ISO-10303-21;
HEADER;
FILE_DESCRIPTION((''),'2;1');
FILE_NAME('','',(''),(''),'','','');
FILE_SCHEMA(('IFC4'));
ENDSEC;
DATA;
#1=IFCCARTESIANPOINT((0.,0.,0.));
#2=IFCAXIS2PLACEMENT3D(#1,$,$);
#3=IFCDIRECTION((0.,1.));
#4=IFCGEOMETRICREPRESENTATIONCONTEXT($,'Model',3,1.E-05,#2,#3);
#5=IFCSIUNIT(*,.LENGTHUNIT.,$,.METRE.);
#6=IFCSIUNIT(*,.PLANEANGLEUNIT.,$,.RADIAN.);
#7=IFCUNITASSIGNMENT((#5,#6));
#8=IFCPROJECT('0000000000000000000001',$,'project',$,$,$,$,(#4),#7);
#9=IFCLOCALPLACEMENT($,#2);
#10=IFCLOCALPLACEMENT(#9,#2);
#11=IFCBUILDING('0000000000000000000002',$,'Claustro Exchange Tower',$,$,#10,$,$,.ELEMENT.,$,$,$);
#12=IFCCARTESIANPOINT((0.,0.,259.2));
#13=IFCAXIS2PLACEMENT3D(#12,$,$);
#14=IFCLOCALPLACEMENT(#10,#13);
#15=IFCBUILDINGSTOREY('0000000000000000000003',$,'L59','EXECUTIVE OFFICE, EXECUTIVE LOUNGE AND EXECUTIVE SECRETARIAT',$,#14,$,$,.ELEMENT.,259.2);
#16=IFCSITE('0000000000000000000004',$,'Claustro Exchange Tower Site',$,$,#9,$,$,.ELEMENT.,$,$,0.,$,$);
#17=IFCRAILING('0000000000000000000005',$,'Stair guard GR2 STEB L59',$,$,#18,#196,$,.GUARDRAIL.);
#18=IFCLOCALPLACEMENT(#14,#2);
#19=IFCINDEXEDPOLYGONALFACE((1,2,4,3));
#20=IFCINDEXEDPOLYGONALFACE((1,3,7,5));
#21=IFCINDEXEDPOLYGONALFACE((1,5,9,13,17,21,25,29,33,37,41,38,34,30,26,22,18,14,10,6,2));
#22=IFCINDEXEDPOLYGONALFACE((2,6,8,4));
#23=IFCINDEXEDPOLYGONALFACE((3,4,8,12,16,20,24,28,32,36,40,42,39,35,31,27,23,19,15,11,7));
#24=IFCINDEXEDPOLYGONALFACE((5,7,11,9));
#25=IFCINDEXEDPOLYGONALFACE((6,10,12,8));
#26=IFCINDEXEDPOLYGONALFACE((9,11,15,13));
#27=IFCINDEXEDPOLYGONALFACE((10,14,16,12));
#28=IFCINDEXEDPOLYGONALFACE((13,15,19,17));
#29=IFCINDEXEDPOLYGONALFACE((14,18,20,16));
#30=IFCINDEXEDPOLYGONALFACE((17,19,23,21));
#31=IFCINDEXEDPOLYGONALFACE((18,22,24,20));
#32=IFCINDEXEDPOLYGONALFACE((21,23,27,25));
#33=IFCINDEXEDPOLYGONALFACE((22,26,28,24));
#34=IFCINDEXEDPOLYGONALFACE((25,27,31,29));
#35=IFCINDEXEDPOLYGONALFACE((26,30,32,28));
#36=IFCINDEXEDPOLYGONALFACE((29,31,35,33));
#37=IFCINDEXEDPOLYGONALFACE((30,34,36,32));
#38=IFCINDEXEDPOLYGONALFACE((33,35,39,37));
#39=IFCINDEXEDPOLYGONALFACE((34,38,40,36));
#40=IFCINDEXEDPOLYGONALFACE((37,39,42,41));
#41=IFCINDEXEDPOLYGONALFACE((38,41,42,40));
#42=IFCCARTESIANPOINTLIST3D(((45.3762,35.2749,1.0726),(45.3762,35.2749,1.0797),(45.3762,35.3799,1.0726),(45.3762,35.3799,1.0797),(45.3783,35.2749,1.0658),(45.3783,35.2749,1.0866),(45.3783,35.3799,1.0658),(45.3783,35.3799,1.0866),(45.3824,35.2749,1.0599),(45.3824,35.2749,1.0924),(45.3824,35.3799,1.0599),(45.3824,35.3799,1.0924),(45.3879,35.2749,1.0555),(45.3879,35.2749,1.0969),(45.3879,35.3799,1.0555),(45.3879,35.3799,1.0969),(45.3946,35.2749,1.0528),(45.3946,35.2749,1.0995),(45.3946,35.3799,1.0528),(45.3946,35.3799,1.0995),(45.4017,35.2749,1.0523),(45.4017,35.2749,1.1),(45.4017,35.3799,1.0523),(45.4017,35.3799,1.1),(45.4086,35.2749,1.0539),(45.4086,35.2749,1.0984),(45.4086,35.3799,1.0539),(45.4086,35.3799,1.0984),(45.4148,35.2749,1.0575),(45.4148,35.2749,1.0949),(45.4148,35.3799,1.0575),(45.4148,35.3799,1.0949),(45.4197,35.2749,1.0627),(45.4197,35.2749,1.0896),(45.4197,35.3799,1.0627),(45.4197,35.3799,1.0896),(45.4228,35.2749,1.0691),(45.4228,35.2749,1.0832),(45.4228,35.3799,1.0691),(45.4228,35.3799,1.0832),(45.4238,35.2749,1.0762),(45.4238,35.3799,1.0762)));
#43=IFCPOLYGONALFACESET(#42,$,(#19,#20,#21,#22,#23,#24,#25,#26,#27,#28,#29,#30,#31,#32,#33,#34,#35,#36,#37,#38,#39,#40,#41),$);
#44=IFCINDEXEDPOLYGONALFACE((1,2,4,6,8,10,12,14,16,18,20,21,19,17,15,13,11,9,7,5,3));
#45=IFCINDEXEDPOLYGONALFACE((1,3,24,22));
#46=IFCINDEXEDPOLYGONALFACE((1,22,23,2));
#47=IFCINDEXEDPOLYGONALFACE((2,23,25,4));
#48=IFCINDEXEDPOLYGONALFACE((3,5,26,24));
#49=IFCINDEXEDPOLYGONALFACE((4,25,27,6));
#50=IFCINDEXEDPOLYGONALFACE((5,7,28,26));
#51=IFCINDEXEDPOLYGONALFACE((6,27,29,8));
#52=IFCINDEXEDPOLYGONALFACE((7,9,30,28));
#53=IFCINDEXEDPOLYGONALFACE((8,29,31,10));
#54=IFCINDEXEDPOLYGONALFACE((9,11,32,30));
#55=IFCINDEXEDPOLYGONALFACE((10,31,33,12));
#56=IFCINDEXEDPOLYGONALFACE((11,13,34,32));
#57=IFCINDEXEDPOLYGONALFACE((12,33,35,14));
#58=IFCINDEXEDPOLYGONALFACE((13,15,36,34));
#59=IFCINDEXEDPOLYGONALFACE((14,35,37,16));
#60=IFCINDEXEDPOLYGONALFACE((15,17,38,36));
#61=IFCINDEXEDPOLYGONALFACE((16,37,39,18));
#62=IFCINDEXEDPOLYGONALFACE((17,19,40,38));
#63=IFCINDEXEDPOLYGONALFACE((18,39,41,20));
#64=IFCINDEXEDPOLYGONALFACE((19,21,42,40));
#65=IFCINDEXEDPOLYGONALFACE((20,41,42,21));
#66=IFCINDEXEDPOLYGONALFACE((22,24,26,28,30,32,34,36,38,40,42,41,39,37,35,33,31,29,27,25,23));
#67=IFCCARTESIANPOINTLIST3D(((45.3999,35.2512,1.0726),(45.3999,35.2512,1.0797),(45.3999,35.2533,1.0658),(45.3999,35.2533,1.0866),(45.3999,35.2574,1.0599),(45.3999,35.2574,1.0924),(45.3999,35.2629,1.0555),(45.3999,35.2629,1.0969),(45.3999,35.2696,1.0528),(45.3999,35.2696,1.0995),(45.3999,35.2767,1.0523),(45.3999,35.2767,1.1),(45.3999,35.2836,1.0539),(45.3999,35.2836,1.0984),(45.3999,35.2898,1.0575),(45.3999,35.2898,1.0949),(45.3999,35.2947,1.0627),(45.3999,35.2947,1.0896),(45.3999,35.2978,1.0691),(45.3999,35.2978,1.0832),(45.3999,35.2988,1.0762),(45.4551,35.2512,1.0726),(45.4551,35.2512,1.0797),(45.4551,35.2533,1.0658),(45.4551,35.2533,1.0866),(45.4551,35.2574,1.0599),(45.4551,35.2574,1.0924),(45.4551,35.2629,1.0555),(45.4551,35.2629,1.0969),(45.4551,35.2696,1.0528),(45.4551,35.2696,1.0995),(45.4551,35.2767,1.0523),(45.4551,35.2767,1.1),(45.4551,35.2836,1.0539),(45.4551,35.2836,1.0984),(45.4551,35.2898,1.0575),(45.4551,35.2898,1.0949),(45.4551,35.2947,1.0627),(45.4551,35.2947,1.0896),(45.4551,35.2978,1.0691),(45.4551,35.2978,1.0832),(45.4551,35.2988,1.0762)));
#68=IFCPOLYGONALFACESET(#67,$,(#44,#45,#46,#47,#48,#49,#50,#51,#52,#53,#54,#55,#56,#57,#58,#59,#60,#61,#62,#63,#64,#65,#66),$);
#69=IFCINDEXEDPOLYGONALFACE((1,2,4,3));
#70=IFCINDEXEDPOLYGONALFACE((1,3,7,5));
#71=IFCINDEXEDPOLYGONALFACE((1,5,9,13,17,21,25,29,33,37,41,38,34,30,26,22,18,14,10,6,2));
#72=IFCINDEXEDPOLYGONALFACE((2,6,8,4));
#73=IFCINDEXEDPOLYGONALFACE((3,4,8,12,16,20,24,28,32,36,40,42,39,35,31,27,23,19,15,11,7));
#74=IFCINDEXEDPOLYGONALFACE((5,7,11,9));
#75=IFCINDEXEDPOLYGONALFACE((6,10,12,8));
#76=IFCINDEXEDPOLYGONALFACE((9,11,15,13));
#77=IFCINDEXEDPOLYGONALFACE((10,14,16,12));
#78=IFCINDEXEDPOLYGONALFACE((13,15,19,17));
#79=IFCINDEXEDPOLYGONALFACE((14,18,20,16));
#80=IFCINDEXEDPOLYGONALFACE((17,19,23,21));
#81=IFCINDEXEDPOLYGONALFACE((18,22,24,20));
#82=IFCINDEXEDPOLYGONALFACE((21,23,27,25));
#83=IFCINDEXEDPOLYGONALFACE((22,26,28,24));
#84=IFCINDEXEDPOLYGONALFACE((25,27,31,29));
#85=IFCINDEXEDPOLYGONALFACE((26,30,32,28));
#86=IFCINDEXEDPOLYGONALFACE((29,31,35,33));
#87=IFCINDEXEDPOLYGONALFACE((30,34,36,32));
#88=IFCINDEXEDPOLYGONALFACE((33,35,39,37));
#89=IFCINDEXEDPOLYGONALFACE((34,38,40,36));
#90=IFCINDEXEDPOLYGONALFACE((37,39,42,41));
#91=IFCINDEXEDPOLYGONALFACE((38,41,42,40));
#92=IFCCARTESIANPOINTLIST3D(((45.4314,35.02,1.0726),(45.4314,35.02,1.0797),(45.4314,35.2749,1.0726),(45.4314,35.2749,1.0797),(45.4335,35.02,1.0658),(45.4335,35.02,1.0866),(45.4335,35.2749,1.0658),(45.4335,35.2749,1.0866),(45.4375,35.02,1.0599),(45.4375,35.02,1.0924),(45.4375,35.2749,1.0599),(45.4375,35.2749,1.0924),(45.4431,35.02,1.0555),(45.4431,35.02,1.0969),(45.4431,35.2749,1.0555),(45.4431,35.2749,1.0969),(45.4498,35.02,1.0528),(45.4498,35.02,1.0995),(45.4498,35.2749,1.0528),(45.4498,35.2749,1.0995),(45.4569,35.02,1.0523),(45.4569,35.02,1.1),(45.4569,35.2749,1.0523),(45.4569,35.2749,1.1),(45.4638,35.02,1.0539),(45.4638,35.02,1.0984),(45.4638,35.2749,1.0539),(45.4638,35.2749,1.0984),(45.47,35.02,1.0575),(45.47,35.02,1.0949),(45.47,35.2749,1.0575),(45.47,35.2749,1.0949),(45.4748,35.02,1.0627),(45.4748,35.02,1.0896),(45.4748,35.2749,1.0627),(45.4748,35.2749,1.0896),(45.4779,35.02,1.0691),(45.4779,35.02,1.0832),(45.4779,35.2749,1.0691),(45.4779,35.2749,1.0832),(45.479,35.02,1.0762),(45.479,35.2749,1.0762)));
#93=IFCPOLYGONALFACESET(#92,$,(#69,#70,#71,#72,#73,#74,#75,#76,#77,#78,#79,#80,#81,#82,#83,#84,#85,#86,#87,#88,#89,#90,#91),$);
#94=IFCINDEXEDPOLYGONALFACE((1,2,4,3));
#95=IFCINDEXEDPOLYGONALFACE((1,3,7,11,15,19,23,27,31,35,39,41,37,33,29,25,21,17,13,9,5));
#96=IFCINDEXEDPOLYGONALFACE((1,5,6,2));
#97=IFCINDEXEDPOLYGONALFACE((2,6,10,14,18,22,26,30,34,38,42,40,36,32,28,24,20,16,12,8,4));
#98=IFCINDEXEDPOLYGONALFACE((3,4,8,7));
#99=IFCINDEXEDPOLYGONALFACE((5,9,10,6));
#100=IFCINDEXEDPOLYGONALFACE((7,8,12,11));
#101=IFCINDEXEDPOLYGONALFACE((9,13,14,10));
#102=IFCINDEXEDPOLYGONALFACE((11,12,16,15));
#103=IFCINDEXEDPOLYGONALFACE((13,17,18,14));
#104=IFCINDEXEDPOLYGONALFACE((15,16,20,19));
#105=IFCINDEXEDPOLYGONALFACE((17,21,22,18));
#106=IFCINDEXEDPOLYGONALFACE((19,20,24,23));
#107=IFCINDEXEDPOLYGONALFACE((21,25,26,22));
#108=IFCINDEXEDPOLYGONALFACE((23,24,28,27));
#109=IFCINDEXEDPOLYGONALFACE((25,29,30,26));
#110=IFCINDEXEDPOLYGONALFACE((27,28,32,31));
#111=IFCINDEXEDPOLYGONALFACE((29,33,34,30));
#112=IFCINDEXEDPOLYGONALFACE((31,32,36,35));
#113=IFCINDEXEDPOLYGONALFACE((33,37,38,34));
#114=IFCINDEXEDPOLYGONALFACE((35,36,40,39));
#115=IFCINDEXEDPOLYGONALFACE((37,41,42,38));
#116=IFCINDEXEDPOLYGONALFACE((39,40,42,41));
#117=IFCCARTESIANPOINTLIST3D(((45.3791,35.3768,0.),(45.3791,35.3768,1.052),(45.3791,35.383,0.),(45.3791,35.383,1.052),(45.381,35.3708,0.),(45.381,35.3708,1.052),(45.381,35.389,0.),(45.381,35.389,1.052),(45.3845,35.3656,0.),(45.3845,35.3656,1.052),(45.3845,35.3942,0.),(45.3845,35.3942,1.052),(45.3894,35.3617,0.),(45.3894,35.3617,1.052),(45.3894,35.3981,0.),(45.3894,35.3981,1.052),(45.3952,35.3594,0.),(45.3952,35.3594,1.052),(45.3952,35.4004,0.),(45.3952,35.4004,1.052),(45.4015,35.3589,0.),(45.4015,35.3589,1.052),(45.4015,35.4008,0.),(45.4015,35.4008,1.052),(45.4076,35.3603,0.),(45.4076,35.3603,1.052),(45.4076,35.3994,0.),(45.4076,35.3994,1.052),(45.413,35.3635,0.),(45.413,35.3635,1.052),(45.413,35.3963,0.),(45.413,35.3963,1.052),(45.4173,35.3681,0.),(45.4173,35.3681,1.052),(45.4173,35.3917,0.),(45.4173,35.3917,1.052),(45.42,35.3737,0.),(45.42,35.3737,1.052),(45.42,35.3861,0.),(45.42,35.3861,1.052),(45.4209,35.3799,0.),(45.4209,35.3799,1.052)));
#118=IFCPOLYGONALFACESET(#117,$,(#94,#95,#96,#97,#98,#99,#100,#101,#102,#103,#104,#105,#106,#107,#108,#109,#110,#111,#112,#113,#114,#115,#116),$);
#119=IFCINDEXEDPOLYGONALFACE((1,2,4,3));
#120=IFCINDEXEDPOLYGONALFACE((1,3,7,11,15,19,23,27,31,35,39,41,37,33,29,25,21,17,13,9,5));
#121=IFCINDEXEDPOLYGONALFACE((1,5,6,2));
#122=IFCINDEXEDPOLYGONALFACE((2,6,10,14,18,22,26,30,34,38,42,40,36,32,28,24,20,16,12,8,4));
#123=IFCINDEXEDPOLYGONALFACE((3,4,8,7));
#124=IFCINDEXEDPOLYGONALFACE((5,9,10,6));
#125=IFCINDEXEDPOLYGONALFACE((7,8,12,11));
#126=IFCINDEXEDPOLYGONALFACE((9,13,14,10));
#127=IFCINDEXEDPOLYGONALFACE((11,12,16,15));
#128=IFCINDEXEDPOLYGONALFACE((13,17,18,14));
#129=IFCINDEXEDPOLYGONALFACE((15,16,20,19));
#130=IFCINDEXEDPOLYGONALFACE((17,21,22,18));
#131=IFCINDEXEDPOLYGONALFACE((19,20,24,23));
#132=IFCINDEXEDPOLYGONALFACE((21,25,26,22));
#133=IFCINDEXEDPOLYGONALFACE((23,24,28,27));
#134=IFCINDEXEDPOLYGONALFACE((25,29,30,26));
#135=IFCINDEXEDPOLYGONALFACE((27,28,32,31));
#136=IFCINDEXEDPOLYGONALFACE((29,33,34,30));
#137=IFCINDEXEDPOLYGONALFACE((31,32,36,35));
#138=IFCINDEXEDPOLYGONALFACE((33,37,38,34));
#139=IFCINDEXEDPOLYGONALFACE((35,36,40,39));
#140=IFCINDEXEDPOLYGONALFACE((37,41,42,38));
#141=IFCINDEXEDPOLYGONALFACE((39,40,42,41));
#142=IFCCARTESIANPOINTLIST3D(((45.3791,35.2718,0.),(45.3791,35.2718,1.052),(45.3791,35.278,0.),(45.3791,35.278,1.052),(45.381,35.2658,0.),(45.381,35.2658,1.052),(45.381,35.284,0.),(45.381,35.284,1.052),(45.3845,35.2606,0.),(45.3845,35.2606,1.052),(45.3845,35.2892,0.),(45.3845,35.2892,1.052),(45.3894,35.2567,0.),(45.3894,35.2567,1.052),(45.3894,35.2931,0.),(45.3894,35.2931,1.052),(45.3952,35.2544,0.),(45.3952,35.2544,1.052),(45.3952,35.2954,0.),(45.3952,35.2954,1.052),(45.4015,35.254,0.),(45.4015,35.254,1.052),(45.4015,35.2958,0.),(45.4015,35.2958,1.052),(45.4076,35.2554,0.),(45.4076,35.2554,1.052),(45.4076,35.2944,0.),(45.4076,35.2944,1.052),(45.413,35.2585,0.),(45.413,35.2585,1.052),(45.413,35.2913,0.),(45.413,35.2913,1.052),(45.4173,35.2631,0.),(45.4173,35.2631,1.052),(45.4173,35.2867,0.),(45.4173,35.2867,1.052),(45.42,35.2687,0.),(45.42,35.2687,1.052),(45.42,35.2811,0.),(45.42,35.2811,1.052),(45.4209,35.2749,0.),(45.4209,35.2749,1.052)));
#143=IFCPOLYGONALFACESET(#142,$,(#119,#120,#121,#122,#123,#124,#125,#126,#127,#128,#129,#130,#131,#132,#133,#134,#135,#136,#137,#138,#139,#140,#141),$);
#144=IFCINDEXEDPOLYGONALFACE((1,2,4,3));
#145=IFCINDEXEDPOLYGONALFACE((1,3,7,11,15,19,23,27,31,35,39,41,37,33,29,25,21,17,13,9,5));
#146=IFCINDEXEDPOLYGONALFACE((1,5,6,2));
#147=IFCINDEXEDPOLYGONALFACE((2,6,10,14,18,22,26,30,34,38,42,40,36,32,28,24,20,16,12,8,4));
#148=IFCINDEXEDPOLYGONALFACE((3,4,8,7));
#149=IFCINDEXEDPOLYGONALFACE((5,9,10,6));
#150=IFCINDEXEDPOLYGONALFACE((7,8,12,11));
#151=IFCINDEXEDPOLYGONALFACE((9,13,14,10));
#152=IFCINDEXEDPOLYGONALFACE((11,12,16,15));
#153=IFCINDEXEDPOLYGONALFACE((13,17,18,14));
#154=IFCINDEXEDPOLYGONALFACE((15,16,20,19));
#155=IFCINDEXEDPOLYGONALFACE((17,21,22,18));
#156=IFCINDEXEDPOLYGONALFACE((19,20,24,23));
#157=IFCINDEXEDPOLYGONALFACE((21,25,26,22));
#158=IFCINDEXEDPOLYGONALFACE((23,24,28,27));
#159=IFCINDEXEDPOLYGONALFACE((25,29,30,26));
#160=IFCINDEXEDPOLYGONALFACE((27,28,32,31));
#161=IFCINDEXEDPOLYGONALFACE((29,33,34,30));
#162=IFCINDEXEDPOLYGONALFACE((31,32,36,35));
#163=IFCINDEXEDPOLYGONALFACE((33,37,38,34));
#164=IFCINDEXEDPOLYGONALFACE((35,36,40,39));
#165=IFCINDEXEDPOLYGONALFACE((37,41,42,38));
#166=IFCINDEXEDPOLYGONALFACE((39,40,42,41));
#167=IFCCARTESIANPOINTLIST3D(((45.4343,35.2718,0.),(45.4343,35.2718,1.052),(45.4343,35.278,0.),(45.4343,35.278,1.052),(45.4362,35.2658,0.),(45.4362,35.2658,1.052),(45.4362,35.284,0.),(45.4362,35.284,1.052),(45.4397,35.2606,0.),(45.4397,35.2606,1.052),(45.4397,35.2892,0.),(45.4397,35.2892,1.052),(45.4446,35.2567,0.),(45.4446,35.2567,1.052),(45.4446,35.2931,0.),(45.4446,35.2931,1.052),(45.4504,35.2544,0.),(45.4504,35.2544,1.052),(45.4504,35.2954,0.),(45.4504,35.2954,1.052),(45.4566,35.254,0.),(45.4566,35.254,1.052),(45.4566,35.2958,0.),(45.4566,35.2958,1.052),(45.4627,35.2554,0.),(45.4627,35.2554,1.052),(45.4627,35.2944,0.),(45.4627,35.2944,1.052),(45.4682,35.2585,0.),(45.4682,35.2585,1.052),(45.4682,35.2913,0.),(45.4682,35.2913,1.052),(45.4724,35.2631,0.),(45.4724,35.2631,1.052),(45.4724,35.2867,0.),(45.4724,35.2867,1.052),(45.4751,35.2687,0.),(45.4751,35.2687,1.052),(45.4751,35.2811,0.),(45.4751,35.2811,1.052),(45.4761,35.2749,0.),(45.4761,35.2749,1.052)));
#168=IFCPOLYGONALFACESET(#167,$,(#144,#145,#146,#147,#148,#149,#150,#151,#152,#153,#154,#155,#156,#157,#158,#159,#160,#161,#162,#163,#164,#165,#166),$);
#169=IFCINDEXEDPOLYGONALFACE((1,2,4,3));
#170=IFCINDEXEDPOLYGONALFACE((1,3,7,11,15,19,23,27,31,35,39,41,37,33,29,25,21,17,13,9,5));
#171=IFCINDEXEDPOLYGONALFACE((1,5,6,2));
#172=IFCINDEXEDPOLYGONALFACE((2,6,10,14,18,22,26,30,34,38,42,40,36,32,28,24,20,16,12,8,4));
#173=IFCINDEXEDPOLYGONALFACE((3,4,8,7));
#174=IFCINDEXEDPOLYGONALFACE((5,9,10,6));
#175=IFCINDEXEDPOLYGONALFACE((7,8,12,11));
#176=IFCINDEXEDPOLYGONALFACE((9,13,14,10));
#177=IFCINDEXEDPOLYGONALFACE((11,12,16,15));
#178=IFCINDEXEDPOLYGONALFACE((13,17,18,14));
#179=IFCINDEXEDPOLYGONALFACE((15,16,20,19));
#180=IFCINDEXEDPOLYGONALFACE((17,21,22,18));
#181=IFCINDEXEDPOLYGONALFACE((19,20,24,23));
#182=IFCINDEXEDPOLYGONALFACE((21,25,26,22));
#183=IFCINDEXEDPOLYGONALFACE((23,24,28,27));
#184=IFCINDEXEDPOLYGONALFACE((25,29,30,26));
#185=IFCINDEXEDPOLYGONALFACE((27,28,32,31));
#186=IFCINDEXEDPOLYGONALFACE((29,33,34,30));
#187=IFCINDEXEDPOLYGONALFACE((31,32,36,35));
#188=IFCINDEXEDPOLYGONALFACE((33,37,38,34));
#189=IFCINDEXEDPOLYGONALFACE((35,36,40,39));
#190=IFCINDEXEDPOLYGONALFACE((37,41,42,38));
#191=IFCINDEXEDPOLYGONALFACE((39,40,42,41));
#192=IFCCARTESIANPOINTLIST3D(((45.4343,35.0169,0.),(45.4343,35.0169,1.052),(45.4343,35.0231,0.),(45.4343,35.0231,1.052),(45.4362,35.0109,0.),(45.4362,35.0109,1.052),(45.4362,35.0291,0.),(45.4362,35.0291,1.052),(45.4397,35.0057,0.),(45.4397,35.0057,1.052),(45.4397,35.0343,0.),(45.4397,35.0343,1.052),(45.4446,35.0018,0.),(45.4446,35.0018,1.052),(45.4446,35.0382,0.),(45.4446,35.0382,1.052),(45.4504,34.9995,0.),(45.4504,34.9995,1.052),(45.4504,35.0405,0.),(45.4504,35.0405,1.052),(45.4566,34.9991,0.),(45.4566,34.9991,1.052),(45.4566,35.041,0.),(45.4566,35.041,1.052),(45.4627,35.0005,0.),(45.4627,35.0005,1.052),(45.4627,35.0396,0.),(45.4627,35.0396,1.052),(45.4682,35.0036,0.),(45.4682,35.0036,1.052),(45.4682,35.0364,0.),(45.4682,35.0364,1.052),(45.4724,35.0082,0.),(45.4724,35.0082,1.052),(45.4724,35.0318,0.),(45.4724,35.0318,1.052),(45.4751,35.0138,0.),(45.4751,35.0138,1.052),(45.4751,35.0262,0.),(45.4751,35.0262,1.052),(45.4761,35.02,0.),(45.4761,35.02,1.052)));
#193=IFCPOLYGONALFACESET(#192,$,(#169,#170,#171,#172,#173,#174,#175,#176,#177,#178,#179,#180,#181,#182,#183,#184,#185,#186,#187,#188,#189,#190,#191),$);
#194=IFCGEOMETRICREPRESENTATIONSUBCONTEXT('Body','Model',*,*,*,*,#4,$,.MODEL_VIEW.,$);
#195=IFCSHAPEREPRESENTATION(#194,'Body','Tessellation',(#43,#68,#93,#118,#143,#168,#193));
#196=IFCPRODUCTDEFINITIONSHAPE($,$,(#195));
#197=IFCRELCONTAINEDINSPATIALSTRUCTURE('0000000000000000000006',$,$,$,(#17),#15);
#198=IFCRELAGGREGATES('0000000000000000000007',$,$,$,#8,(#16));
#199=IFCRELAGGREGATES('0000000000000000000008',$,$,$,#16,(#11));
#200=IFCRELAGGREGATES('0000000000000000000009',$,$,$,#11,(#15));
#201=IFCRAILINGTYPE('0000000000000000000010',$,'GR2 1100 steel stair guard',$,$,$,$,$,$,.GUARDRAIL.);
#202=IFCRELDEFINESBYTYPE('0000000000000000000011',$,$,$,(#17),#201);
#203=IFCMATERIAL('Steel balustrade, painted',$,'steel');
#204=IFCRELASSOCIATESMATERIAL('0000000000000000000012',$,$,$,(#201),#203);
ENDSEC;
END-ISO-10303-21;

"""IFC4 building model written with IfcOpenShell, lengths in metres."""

from ifc_helpers import new_model, si_unit, direction, frame, origin, origin_2d, place, context, subcontext, project, spatial, circle, extrude, material, type_object, element, save


model = new_model("IFC4")

# Units and contexts
model_context = context("Model", 3, precision=1e-05, world=origin(), true_north=direction((0.0, 1.0)))
body_context = subcontext(model_context, "Body", "Model", "MODEL_VIEW")
ifc_project = project(units=[si_unit("LENGTHUNIT", "METRE"), si_unit("PLANEANGLEUNIT", "RADIAN")], contexts=[model_context])

# Site, building, storey
site_placement = place(None, origin())
site = spatial("IfcSite", under=ifc_project, at=site_placement, Name="Claustro Exchange Tower Site", CompositionType="ELEMENT", RefElevation=0.0)
building_placement = place(site_placement, origin())
building = spatial("IfcBuilding", under=site, at=building_placement, Name="Claustro Exchange Tower", CompositionType="ELEMENT")
storey_placement = place(building_placement, frame((0.0, 0.0, 259.2)))
storey = spatial("IfcBuildingStorey", under=building, at=storey_placement, Name="L59", Description="EXECUTIVE OFFICE, EXECUTIVE LOUNGE AND EXECUTIVE SECRETARIAT", CompositionType="ELEMENT", Elevation=259.2)

# Railing
ifc_material_1 = material(Name="Steel balustrade, painted", Category="steel")
railing_type_1 = type_object("IfcRailingType", Name="GR2 1100 steel stair guard", PredefinedType="GUARDRAIL", material=ifc_material_1)
railing_1_placement = place(storey_placement, frame((45.3999, 35.3799, 0.0)))
element("IfcRailing", 1, at=railing_1_placement, inside=storey, type_object=railing_type_1, Name="Stair guard GR2 STEB L59", PredefinedType="GUARDRAIL", context=body_context, shape_type="SweptSolid", body=[
    extrude(circle(Radius=0.0239, at=origin_2d()), frame((0.0, 0.0, 1.0762), z_axis=(0.0, -1.0, 0.0), x_axis=(1.0, 0.0, 0.0)), (0.0, 0.0, 1.0), 0.105),
    extrude(circle(Radius=0.0239, at=origin_2d()), frame((0.0, -0.105, 1.0762), z_axis=(1.0, 0.0, 0.0), x_axis=(0.0, 1.0, 0.0)), (0.0, 0.0, 1.0), 0.0552),
    extrude(circle(Radius=0.0239, at=origin_2d()), frame((0.0552, -0.105, 1.0762), z_axis=(0.0, -1.0, 0.0), x_axis=(1.0, 0.0, 0.0)), (0.0, 0.0, 1.0), 0.2549),
    extrude(circle(Radius=0.021, at=origin_2d()), origin(), (0.0, 0.0, 1.0), 1.052),
    extrude(circle(Radius=0.021, at=origin_2d()), frame((0.0, -0.105, 0.0)), (0.0, 0.0, 1.0), 1.052),
    extrude(circle(Radius=0.021, at=origin_2d()), frame((0.0552, -0.105, 0.0)), (0.0, 0.0, 1.0), 1.052),
    extrude(circle(Radius=0.021, at=origin_2d()), frame((0.0552, -0.3599, 0.0)), (0.0, 0.0, 1.0), 1.052),
])

save(model, "model.ifc")
